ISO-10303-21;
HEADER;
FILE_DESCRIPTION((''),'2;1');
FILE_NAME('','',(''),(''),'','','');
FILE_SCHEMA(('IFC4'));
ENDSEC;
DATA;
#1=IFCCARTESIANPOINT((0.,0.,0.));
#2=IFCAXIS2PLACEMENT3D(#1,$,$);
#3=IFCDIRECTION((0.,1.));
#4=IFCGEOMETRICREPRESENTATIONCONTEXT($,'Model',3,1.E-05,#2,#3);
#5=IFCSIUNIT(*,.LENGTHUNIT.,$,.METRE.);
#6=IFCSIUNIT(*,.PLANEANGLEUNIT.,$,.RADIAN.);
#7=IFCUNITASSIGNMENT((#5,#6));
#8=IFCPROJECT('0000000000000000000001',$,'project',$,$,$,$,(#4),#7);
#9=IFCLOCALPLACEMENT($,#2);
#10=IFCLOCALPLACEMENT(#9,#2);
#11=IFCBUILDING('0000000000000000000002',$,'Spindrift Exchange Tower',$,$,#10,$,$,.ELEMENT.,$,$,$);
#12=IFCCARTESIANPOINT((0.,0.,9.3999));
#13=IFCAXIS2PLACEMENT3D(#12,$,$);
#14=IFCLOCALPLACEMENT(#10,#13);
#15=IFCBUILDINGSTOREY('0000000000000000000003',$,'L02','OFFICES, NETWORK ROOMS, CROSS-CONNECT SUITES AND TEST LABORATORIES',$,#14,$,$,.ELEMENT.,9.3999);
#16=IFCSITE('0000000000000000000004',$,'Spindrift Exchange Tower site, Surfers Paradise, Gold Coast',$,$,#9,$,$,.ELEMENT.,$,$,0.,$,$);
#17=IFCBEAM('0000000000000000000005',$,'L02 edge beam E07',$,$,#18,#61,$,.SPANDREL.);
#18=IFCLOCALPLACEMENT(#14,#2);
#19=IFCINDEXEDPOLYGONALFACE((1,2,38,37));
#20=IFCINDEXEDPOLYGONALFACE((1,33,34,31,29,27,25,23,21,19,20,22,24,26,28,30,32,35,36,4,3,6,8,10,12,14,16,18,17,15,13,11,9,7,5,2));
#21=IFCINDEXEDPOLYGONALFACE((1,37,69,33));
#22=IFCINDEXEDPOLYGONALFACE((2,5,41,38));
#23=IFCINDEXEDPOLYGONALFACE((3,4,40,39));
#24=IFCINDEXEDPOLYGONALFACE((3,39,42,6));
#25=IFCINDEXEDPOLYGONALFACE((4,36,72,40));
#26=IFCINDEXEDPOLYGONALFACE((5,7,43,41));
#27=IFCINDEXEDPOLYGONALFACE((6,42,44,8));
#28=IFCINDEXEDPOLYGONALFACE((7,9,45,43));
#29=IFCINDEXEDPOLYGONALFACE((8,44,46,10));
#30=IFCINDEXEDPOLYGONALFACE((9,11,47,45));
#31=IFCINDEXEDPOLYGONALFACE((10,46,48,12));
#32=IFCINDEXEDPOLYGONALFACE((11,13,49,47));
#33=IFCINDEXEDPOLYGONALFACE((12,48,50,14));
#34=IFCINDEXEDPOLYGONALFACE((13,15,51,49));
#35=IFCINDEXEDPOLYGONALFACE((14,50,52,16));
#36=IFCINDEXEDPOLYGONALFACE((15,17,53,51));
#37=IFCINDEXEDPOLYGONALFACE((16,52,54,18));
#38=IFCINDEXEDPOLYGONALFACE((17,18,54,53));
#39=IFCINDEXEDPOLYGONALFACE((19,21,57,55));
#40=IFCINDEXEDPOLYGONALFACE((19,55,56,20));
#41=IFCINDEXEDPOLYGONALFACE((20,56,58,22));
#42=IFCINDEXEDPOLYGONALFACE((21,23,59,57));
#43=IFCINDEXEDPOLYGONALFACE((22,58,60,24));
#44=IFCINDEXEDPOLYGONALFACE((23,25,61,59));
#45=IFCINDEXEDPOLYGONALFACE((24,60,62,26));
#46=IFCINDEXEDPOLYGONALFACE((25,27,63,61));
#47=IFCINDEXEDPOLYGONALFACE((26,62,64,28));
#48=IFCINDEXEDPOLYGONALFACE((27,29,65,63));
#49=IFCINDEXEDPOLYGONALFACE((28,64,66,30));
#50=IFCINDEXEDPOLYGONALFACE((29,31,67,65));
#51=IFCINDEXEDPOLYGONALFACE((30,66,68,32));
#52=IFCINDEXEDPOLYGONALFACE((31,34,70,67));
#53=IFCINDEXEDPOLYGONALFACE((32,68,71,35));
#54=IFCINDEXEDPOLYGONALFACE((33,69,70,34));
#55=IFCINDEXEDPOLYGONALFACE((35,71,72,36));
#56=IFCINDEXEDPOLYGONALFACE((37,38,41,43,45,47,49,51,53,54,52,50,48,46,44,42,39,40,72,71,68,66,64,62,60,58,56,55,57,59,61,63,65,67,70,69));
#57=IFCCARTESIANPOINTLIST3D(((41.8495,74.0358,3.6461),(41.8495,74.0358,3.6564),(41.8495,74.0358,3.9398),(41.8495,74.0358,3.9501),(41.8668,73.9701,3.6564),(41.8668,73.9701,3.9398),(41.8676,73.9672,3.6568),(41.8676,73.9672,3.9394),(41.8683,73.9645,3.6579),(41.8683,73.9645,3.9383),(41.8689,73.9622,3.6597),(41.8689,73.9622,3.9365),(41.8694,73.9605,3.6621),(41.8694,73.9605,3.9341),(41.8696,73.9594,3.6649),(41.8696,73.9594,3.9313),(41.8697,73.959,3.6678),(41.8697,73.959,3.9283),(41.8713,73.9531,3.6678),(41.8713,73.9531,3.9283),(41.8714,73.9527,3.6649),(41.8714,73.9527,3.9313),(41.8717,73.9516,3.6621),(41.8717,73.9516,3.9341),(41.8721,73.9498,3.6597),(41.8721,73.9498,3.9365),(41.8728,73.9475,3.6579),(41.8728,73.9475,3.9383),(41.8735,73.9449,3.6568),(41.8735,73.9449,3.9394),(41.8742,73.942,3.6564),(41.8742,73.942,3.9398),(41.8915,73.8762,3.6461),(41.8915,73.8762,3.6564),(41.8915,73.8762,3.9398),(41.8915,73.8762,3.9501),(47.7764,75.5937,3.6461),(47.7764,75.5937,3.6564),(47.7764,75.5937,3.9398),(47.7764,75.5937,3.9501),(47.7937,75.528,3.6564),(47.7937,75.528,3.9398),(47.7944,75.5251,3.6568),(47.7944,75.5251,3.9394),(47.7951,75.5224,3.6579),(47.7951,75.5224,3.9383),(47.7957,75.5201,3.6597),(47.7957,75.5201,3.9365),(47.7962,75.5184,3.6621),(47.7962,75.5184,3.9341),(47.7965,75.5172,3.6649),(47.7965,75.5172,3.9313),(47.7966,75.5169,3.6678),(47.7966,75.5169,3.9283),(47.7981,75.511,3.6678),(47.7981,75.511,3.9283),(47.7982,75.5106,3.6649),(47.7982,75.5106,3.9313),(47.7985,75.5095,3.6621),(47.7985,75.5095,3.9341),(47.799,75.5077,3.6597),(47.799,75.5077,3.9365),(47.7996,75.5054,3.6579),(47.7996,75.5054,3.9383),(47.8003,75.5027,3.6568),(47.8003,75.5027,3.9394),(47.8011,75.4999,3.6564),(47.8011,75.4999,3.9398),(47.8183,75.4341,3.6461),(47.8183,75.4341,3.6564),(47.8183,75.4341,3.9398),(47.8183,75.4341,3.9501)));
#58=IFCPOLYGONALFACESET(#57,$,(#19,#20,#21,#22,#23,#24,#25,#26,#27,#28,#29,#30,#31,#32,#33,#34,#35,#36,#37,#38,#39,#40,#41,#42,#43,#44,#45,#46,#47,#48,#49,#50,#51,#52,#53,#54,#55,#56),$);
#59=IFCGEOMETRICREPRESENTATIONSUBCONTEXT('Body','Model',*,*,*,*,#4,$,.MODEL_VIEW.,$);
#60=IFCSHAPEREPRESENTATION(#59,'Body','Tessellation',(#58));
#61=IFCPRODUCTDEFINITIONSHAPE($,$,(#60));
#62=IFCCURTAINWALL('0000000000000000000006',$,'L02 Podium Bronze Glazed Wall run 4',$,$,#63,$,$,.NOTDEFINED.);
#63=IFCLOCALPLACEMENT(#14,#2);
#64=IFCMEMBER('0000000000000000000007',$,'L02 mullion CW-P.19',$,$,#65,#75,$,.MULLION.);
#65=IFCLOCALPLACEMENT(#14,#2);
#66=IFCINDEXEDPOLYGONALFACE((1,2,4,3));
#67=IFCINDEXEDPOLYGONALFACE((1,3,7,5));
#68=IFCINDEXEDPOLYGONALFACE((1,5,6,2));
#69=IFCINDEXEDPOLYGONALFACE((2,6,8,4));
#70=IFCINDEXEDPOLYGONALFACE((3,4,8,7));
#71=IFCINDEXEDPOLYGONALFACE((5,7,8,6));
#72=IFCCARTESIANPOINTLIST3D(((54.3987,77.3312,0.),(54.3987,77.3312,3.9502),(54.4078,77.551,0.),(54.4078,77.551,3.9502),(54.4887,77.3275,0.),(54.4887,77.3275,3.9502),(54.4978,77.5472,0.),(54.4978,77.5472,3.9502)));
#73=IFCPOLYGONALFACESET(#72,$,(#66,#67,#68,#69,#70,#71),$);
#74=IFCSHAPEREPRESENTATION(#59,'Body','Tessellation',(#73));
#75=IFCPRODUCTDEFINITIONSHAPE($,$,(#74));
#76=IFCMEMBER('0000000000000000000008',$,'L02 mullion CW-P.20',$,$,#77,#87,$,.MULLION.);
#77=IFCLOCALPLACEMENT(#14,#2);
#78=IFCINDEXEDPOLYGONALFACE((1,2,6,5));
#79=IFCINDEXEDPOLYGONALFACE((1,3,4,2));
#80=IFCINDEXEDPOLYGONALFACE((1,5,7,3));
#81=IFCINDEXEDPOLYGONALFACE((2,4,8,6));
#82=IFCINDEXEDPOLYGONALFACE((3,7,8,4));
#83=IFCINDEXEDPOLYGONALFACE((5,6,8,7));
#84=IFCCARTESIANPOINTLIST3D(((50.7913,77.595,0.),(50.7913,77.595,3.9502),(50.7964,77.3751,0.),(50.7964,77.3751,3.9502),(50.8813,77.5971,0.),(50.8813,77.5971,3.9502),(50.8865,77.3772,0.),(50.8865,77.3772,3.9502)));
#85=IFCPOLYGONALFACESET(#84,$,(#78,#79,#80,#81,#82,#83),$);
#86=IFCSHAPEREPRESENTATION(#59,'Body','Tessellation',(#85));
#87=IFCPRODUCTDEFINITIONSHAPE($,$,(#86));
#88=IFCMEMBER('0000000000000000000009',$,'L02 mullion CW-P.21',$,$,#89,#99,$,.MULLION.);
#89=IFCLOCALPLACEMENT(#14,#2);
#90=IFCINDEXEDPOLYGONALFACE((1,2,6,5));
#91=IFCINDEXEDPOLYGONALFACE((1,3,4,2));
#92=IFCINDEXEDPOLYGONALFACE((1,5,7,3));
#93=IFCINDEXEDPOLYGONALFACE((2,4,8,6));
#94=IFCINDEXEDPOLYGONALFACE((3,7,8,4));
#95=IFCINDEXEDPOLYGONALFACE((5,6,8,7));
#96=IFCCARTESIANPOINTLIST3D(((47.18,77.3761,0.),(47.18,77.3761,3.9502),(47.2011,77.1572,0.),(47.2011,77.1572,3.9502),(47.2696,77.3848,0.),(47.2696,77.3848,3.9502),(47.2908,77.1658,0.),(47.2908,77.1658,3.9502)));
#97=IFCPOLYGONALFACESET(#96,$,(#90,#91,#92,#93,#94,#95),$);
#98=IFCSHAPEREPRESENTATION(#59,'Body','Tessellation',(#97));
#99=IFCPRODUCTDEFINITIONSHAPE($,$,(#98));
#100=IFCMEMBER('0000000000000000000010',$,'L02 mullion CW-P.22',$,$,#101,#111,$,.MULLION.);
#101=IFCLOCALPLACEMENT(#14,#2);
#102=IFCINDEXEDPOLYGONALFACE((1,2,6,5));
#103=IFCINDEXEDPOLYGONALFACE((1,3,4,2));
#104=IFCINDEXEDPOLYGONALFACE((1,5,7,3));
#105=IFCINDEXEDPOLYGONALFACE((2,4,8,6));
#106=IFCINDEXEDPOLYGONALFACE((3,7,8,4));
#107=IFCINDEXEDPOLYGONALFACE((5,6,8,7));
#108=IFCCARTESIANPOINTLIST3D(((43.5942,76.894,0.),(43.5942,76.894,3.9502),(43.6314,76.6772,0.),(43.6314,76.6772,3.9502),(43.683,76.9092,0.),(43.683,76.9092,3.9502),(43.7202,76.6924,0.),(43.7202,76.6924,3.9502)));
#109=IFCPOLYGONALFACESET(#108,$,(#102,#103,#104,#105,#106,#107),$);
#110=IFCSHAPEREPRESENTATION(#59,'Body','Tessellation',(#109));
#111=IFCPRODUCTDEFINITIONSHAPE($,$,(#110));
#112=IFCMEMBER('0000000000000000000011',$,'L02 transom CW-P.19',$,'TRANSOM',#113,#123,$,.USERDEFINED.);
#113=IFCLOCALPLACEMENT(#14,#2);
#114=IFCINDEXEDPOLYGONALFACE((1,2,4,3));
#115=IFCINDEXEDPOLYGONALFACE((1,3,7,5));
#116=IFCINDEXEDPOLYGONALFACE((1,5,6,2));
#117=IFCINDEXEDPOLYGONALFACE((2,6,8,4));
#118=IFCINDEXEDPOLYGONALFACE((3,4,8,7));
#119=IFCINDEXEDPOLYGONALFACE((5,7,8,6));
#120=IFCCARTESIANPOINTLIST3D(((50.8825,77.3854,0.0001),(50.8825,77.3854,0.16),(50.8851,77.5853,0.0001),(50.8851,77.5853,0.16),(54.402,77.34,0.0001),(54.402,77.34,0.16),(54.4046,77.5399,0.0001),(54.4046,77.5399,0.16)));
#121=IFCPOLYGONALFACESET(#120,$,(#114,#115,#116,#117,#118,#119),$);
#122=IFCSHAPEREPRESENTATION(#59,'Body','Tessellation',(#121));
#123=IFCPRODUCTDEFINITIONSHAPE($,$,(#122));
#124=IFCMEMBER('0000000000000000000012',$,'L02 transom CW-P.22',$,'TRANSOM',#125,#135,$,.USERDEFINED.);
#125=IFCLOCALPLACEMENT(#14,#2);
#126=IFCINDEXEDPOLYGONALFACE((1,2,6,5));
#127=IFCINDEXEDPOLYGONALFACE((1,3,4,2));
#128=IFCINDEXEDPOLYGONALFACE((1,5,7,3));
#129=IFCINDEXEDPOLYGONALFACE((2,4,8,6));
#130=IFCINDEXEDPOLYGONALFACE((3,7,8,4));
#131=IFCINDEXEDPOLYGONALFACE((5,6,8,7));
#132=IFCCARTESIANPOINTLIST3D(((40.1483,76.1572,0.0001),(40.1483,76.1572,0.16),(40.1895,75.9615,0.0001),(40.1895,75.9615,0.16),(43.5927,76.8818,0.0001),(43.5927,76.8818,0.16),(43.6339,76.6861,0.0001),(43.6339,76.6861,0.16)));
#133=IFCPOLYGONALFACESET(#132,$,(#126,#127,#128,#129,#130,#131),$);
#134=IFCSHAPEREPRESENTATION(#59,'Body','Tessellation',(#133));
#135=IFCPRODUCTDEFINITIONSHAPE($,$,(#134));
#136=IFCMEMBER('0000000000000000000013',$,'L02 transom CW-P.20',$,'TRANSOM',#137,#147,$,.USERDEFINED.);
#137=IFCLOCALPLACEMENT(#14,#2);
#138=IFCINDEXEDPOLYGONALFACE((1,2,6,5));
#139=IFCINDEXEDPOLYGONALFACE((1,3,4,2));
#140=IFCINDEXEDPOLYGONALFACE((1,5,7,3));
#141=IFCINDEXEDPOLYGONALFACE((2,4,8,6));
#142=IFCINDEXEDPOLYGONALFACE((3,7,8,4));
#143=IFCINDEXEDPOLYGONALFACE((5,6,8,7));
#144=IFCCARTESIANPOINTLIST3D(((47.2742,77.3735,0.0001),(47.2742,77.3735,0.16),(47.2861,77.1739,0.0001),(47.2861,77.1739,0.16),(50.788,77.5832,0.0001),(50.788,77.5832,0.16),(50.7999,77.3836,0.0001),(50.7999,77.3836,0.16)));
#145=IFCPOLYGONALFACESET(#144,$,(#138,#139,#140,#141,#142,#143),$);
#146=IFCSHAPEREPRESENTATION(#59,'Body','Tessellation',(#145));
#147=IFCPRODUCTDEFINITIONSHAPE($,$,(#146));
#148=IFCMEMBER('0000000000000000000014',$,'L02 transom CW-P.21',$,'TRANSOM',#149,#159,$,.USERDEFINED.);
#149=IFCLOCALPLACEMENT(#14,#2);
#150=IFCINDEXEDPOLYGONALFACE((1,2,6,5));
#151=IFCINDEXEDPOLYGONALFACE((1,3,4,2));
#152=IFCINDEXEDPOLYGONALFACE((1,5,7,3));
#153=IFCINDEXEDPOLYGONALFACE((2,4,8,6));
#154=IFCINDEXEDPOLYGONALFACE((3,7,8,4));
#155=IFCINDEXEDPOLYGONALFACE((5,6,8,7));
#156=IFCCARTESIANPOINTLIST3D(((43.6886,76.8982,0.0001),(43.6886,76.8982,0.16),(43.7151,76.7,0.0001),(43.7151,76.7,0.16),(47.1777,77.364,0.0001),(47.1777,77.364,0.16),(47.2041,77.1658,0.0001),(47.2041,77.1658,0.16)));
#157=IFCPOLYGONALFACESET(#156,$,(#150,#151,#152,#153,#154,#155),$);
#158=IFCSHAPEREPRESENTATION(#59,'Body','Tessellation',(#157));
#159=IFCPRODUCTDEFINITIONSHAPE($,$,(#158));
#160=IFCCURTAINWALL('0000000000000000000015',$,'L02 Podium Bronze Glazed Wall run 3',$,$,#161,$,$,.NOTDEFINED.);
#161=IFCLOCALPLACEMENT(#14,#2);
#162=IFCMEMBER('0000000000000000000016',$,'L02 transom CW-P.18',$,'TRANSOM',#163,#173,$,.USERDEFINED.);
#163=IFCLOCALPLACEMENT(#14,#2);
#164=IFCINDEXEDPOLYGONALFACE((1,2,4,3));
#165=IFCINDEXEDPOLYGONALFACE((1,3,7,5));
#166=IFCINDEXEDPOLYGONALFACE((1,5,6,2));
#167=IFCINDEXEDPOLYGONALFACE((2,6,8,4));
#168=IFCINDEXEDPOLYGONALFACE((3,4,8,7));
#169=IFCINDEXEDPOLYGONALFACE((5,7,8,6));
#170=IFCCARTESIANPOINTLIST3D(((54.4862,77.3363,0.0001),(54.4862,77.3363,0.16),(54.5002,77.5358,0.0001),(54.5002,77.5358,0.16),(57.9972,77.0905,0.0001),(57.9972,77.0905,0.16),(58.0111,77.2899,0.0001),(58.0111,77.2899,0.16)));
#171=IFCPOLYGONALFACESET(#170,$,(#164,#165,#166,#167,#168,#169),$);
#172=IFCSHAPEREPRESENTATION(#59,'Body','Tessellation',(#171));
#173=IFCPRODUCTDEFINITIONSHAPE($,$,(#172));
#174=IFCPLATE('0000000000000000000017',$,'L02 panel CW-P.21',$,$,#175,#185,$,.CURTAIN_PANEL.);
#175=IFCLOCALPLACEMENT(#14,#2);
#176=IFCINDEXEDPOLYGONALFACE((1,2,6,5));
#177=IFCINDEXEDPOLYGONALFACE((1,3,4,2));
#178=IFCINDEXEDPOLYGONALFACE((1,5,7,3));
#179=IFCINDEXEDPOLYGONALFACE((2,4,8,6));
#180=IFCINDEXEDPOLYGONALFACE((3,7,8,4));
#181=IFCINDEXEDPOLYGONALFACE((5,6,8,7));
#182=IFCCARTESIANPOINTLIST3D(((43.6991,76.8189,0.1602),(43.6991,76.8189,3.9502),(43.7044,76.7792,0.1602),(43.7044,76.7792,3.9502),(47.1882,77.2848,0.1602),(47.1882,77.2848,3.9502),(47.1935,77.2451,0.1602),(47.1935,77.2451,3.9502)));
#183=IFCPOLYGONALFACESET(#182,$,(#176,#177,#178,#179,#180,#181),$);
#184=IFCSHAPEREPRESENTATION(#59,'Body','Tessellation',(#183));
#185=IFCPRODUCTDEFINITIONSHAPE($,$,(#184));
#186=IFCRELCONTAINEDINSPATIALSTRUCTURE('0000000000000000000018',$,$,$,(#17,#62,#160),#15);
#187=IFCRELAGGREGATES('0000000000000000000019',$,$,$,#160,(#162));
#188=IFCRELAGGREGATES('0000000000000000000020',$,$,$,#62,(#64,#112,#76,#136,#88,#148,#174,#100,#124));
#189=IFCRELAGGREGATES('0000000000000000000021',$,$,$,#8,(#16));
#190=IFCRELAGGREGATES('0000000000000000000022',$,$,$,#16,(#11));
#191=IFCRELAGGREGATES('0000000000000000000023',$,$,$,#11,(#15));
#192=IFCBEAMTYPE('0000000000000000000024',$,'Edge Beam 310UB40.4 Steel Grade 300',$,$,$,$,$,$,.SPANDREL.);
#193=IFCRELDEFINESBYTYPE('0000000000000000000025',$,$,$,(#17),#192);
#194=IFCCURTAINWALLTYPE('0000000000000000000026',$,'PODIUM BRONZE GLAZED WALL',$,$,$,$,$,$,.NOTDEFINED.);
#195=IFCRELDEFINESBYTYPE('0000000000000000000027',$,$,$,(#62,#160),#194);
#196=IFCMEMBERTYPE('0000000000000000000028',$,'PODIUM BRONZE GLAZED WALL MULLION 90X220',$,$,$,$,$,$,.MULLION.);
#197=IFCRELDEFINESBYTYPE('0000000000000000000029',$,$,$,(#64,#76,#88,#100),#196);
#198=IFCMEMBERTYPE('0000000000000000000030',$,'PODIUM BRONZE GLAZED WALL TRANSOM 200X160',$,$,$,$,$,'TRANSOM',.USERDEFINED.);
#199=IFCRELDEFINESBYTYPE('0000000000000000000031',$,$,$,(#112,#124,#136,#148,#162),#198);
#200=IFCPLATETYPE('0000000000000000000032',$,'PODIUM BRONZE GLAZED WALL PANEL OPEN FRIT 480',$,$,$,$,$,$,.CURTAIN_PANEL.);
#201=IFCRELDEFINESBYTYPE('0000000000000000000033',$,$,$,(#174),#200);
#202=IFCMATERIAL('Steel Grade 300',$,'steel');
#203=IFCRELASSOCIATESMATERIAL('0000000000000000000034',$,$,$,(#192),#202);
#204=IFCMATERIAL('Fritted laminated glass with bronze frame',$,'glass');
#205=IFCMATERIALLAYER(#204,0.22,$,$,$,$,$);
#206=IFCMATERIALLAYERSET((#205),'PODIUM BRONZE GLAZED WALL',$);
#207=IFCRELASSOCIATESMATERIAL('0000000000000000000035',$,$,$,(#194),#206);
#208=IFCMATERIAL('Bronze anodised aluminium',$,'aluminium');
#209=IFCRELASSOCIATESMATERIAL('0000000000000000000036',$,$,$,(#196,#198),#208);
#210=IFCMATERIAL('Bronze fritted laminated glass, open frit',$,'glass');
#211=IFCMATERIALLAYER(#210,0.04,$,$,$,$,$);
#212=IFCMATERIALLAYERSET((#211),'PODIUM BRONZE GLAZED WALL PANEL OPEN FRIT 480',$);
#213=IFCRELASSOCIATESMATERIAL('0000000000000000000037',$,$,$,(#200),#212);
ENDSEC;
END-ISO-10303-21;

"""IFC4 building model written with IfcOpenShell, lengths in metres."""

from ifc_helpers import new_model, si_unit, direction, frame, origin, origin_2d, place, context, subcontext, project, spatial, rectangle, i_section, extrude, source, transform, mapped, material, layer, layer_set, material_profile, profile_set, type_object, element, aggregate, save


model = new_model("IFC4")

# Units and contexts
model_context = context("Model", 3, precision=1e-05, world=origin(), true_north=direction((0.0, 1.0)))
body_context = subcontext(model_context, "Body", "Model", "MODEL_VIEW")
ifc_project = project(units=[si_unit("LENGTHUNIT", "METRE"), si_unit("PLANEANGLEUNIT", "RADIAN")], contexts=[model_context])

# Site, building, storey
site_placement = place(None, origin())
site = spatial("IfcSite", under=ifc_project, at=site_placement, Name="Spindrift Exchange Tower site, Surfers Paradise, Gold Coast", CompositionType="ELEMENT", RefElevation=0.0)
building_placement = place(site_placement, origin())
building = spatial("IfcBuilding", under=site, at=building_placement, Name="Spindrift Exchange Tower", CompositionType="ELEMENT")
storey_placement = place(building_placement, frame((0.0, 0.0, 9.3999)))
storey = spatial("IfcBuildingStorey", under=building, at=storey_placement, Name="L02", Description="OFFICES, NETWORK ROOMS, CROSS-CONNECT SUITES AND TEST LABORATORIES", CompositionType="ELEMENT", Elevation=9.3999)

# Beam
ifc_material_1 = material(Name="Steel Grade 300", Category="steel")
ifc_material_profile_1 = material_profile(ifc_material_1, i_section(OverallWidth=0.165, OverallDepth=0.304, WebThickness=0.0061, FlangeThickness=0.0103, FilletRadius=0.0115, at=origin_2d()), Name="310UB40.4")
ifc_profile_set_1 = profile_set([ifc_material_profile_1], Name="Steel Grade 300")
beam_type_1 = type_object("IfcBeamType", Name="Edge Beam 310UB40.4 Steel Grade 300", PredefinedType="SPANDREL", material=ifc_profile_set_1)
shared_shape_1 = source(origin(), body_context, "Body", "SweptSolid", [
    extrude(i_section(OverallWidth=0.165, OverallDepth=0.304, WebThickness=0.0061, FlangeThickness=0.0103, FilletRadius=0.0115, at=origin_2d()), origin(), (0.0, 0.0, 1.0), 6.1282),
])
beam_1_placement = place(storey_placement, frame((47.7974, 75.5139, 3.7981), z_axis=(-0.967147, -0.254217, 0.0), x_axis=(0.254217, -0.967147, 0.0)))
element("IfcBeam", 1, at=beam_1_placement, inside=storey, type_object=beam_type_1, Name="L02 edge beam E07", PredefinedType="SPANDREL", context=body_context, shape_type="MappedRepresentation", body=[
    mapped(shared_shape_1, transform((0.0, 0.0, 0.0), scale=1.0)),
])

# Curtain wall, members
ifc_material_2 = material(Name="Fritted laminated glass with bronze frame", Category="glass")
ifc_layer_1 = layer(ifc_material_2, 0.22)
ifc_layer_set_1 = layer_set([ifc_layer_1], Name="PODIUM BRONZE GLAZED WALL")
curtain_wall_type = type_object("IfcCurtainWallType", Name="PODIUM BRONZE GLAZED WALL", PredefinedType="NOTDEFINED", material=ifc_layer_set_1)
curtain_wall_1_placement = place(storey_placement, origin())
curtain_wall_1 = element("IfcCurtainWall", 2, at=curtain_wall_1_placement, inside=storey, type_object=curtain_wall_type, Name="L02 Podium Bronze Glazed Wall run 4", PredefinedType="NOTDEFINED")
ifc_material_3 = material(Name="Bronze anodised aluminium", Category="aluminium")
ifc_material_profile_2 = material_profile(ifc_material_3, rectangle(XDim=0.0901, YDim=0.22, at=origin_2d()), Name="PODIUM BRONZE GLAZED WALL MULLION 90X220")
ifc_profile_set_2 = profile_set([ifc_material_profile_2], Name="Bronze anodised aluminium")
member_type_1 = type_object("IfcMemberType", Name="PODIUM BRONZE GLAZED WALL MULLION 90X220", PredefinedType="MULLION", material=ifc_profile_set_2)
shared_shape_2 = source(origin(), body_context, "Body", "SweptSolid", [
    extrude(rectangle(XDim=0.0901, YDim=0.22, at=origin_2d()), origin(), (0.0, 0.0, 1.0), 3.9502),
])
member_1_placement = place(storey_placement, frame((54.4482, 77.4392, 0.0), z_axis=(0.0, 0.0, 1.0), x_axis=(-0.999142, 0.04142, 0.0)))
member_1 = element("IfcMember", 3, at=member_1_placement, type_object=member_type_1, Name="L02 mullion CW-P.19", PredefinedType="MULLION", context=body_context, shape_type="MappedRepresentation", body=[
    mapped(shared_shape_2, transform((0.0, 0.0, 0.0), scale=1.0)),
])
member_2_placement = place(storey_placement, frame((50.8389, 77.4861, 0.0), z_axis=(0.0, 0.0, 1.0), x_axis=(-0.999728, -0.023341, 0.0)))
member_2 = element("IfcMember", 4, at=member_2_placement, type_object=member_type_1, Name="L02 mullion CW-P.20", PredefinedType="MULLION", context=body_context, shape_type="MappedRepresentation", body=[
    mapped(shared_shape_2, transform((0.0, 0.0, 0.0), scale=1.0)),
])
member_3_placement = place(storey_placement, frame((47.2354, 77.271, 0.0), z_axis=(0.0, 0.0, 1.0), x_axis=(-0.995378, -0.096038, 0.0)))
member_3 = element("IfcMember", 5, at=member_3_placement, type_object=member_type_1, Name="L02 mullion CW-P.21", PredefinedType="MULLION", context=body_context, shape_type="MappedRepresentation", body=[
    mapped(shared_shape_2, transform((0.0, 0.0, 0.0), scale=1.0)),
])
member_4_placement = place(storey_placement, frame((43.6572, 76.7932, 0.0), z_axis=(0.0, 0.0, 1.0), x_axis=(-0.985577, -0.169228, 0.0)))
member_4 = element("IfcMember", 6, at=member_4_placement, type_object=member_type_1, Name="L02 mullion CW-P.22", PredefinedType="MULLION", context=body_context, shape_type="MappedRepresentation", body=[
    mapped(shared_shape_2, transform((0.0, 0.0, 0.0), scale=1.0)),
])
ifc_material_profile_3 = material_profile(ifc_material_3, rectangle(XDim=0.2, YDim=0.1599, at=origin_2d()), Name="PODIUM BRONZE GLAZED WALL TRANSOM 200X160")
ifc_profile_set_3 = profile_set([ifc_material_profile_3], Name="Bronze anodised aluminium")
member_type_2 = type_object("IfcMemberType", Name="PODIUM BRONZE GLAZED WALL TRANSOM 200X160", ElementType="TRANSOM", PredefinedType="USERDEFINED", material=ifc_profile_set_3)
shared_shape_3 = source(origin(), body_context, "Body", "SweptSolid", [
    extrude(rectangle(XDim=0.2, YDim=0.1599, at=origin_2d()), origin(), (0.0, 0.0, 1.0), 3.5198),
])
member_5_placement = place(storey_placement, frame((54.4033, 77.4399, 0.0801), z_axis=(-0.999917, 0.012901, 0.0), x_axis=(-0.012901, -0.999917, 0.0)))
member_5 = element("IfcMember", 7, at=member_5_placement, type_object=member_type_2, Name="L02 transom CW-P.19", ObjectType="TRANSOM", PredefinedType="USERDEFINED", context=body_context, shape_type="MappedRepresentation", body=[
    mapped(shared_shape_3, transform((0.0, 0.0, 0.0), scale=1.0)),
])
member_6_placement = place(storey_placement, frame((43.6133, 76.7839, 0.0801), z_axis=(-0.978579, -0.205871, 0.0), x_axis=(0.205871, -0.978579, 0.0)))
member_6 = element("IfcMember", 8, at=member_6_placement, type_object=member_type_2, Name="L02 transom CW-P.22", ObjectType="TRANSOM", PredefinedType="USERDEFINED", context=body_context, shape_type="MappedRepresentation", body=[
    mapped(shared_shape_3, transform((0.0, 0.0, 0.0), scale=1.0)),
])
shared_shape_4 = source(origin(), body_context, "Body", "SweptSolid", [
    extrude(rectangle(XDim=0.2, YDim=0.1599, at=origin_2d()), origin(), (0.0, 0.0, 1.0), 3.52),
])
member_7_placement = place(storey_placement, frame((50.7939, 77.4834, 0.0801), z_axis=(-0.998224, -0.05958, 0.0), x_axis=(0.05958, -0.998224, 0.0)))
member_7 = element("IfcMember", 9, at=member_7_placement, type_object=member_type_2, Name="L02 transom CW-P.20", ObjectType="TRANSOM", PredefinedType="USERDEFINED", context=body_context, shape_type="MappedRepresentation", body=[
    mapped(shared_shape_4, transform((0.0, 0.0, 0.0), scale=1.0)),
])
member_8_placement = place(storey_placement, frame((47.1909, 77.2649, 0.0801), z_axis=(-0.991205, -0.132336, 0.0), x_axis=(0.132336, -0.991205, 0.0)))
member_8 = element("IfcMember", 10, at=member_8_placement, type_object=member_type_2, Name="L02 transom CW-P.21", ObjectType="TRANSOM", PredefinedType="USERDEFINED", context=body_context, shape_type="MappedRepresentation", body=[
    mapped(shared_shape_4, transform((0.0, 0.0, 0.0), scale=1.0)),
])

# Curtain wall, member
curtain_wall_2_placement = place(storey_placement, origin())
curtain_wall_2 = element("IfcCurtainWall", 11, at=curtain_wall_2_placement, inside=storey, type_object=curtain_wall_type, Name="L02 Podium Bronze Glazed Wall run 3", PredefinedType="NOTDEFINED")
shared_shape_5 = source(origin(), body_context, "Body", "SweptSolid", [
    extrude(rectangle(XDim=0.2, YDim=0.1599, at=origin_2d()), origin(), (0.0, 0.0, 1.0), 3.5195),
])
member_9_placement = place(storey_placement, frame((58.0042, 77.1902, 0.0801), z_axis=(-0.997557, 0.069852, 0.0), x_axis=(-0.069852, -0.997557, 0.0)))
member_9 = element("IfcMember", 12, at=member_9_placement, type_object=member_type_2, Name="L02 transom CW-P.18", ObjectType="TRANSOM", PredefinedType="USERDEFINED", context=body_context, shape_type="MappedRepresentation", body=[
    mapped(shared_shape_5, transform((0.0, 0.0, 0.0), scale=1.0)),
])

# Plate
ifc_material_4 = material(Name="Bronze fritted laminated glass, open frit", Category="glass")
ifc_layer_2 = layer(ifc_material_4, 0.04)
ifc_layer_set_2 = layer_set([ifc_layer_2], Name="PODIUM BRONZE GLAZED WALL PANEL OPEN FRIT 480")
plate_type_1 = type_object("IfcPlateType", Name="PODIUM BRONZE GLAZED WALL PANEL OPEN FRIT 480", PredefinedType="CURTAIN_PANEL", material=ifc_layer_set_2)
shared_shape_6 = source(origin(), body_context, "Body", "SweptSolid", [
    extrude(rectangle(XDim=3.52, YDim=0.04, at=origin_2d()), origin(), (0.0, 0.0, 1.0), 3.79),
])
plate_1_placement = place(storey_placement, frame((45.4463, 77.032, 0.1602), z_axis=(0.0, 0.0, 1.0), x_axis=(-0.991202, -0.13236, 0.0)))
plate_1 = element("IfcPlate", 13, at=plate_1_placement, type_object=plate_type_1, Name="L02 panel CW-P.21", PredefinedType="CURTAIN_PANEL", context=body_context, shape_type="MappedRepresentation", body=[
    mapped(shared_shape_6, transform((0.0, 0.0, 0.0), scale=1.0)),
])
aggregate(curtain_wall_2, [member_9])
aggregate(curtain_wall_1, [member_1, member_5, member_2, member_7, member_3, member_8, plate_1, member_4, member_6])

save(model, "model.ifc")
